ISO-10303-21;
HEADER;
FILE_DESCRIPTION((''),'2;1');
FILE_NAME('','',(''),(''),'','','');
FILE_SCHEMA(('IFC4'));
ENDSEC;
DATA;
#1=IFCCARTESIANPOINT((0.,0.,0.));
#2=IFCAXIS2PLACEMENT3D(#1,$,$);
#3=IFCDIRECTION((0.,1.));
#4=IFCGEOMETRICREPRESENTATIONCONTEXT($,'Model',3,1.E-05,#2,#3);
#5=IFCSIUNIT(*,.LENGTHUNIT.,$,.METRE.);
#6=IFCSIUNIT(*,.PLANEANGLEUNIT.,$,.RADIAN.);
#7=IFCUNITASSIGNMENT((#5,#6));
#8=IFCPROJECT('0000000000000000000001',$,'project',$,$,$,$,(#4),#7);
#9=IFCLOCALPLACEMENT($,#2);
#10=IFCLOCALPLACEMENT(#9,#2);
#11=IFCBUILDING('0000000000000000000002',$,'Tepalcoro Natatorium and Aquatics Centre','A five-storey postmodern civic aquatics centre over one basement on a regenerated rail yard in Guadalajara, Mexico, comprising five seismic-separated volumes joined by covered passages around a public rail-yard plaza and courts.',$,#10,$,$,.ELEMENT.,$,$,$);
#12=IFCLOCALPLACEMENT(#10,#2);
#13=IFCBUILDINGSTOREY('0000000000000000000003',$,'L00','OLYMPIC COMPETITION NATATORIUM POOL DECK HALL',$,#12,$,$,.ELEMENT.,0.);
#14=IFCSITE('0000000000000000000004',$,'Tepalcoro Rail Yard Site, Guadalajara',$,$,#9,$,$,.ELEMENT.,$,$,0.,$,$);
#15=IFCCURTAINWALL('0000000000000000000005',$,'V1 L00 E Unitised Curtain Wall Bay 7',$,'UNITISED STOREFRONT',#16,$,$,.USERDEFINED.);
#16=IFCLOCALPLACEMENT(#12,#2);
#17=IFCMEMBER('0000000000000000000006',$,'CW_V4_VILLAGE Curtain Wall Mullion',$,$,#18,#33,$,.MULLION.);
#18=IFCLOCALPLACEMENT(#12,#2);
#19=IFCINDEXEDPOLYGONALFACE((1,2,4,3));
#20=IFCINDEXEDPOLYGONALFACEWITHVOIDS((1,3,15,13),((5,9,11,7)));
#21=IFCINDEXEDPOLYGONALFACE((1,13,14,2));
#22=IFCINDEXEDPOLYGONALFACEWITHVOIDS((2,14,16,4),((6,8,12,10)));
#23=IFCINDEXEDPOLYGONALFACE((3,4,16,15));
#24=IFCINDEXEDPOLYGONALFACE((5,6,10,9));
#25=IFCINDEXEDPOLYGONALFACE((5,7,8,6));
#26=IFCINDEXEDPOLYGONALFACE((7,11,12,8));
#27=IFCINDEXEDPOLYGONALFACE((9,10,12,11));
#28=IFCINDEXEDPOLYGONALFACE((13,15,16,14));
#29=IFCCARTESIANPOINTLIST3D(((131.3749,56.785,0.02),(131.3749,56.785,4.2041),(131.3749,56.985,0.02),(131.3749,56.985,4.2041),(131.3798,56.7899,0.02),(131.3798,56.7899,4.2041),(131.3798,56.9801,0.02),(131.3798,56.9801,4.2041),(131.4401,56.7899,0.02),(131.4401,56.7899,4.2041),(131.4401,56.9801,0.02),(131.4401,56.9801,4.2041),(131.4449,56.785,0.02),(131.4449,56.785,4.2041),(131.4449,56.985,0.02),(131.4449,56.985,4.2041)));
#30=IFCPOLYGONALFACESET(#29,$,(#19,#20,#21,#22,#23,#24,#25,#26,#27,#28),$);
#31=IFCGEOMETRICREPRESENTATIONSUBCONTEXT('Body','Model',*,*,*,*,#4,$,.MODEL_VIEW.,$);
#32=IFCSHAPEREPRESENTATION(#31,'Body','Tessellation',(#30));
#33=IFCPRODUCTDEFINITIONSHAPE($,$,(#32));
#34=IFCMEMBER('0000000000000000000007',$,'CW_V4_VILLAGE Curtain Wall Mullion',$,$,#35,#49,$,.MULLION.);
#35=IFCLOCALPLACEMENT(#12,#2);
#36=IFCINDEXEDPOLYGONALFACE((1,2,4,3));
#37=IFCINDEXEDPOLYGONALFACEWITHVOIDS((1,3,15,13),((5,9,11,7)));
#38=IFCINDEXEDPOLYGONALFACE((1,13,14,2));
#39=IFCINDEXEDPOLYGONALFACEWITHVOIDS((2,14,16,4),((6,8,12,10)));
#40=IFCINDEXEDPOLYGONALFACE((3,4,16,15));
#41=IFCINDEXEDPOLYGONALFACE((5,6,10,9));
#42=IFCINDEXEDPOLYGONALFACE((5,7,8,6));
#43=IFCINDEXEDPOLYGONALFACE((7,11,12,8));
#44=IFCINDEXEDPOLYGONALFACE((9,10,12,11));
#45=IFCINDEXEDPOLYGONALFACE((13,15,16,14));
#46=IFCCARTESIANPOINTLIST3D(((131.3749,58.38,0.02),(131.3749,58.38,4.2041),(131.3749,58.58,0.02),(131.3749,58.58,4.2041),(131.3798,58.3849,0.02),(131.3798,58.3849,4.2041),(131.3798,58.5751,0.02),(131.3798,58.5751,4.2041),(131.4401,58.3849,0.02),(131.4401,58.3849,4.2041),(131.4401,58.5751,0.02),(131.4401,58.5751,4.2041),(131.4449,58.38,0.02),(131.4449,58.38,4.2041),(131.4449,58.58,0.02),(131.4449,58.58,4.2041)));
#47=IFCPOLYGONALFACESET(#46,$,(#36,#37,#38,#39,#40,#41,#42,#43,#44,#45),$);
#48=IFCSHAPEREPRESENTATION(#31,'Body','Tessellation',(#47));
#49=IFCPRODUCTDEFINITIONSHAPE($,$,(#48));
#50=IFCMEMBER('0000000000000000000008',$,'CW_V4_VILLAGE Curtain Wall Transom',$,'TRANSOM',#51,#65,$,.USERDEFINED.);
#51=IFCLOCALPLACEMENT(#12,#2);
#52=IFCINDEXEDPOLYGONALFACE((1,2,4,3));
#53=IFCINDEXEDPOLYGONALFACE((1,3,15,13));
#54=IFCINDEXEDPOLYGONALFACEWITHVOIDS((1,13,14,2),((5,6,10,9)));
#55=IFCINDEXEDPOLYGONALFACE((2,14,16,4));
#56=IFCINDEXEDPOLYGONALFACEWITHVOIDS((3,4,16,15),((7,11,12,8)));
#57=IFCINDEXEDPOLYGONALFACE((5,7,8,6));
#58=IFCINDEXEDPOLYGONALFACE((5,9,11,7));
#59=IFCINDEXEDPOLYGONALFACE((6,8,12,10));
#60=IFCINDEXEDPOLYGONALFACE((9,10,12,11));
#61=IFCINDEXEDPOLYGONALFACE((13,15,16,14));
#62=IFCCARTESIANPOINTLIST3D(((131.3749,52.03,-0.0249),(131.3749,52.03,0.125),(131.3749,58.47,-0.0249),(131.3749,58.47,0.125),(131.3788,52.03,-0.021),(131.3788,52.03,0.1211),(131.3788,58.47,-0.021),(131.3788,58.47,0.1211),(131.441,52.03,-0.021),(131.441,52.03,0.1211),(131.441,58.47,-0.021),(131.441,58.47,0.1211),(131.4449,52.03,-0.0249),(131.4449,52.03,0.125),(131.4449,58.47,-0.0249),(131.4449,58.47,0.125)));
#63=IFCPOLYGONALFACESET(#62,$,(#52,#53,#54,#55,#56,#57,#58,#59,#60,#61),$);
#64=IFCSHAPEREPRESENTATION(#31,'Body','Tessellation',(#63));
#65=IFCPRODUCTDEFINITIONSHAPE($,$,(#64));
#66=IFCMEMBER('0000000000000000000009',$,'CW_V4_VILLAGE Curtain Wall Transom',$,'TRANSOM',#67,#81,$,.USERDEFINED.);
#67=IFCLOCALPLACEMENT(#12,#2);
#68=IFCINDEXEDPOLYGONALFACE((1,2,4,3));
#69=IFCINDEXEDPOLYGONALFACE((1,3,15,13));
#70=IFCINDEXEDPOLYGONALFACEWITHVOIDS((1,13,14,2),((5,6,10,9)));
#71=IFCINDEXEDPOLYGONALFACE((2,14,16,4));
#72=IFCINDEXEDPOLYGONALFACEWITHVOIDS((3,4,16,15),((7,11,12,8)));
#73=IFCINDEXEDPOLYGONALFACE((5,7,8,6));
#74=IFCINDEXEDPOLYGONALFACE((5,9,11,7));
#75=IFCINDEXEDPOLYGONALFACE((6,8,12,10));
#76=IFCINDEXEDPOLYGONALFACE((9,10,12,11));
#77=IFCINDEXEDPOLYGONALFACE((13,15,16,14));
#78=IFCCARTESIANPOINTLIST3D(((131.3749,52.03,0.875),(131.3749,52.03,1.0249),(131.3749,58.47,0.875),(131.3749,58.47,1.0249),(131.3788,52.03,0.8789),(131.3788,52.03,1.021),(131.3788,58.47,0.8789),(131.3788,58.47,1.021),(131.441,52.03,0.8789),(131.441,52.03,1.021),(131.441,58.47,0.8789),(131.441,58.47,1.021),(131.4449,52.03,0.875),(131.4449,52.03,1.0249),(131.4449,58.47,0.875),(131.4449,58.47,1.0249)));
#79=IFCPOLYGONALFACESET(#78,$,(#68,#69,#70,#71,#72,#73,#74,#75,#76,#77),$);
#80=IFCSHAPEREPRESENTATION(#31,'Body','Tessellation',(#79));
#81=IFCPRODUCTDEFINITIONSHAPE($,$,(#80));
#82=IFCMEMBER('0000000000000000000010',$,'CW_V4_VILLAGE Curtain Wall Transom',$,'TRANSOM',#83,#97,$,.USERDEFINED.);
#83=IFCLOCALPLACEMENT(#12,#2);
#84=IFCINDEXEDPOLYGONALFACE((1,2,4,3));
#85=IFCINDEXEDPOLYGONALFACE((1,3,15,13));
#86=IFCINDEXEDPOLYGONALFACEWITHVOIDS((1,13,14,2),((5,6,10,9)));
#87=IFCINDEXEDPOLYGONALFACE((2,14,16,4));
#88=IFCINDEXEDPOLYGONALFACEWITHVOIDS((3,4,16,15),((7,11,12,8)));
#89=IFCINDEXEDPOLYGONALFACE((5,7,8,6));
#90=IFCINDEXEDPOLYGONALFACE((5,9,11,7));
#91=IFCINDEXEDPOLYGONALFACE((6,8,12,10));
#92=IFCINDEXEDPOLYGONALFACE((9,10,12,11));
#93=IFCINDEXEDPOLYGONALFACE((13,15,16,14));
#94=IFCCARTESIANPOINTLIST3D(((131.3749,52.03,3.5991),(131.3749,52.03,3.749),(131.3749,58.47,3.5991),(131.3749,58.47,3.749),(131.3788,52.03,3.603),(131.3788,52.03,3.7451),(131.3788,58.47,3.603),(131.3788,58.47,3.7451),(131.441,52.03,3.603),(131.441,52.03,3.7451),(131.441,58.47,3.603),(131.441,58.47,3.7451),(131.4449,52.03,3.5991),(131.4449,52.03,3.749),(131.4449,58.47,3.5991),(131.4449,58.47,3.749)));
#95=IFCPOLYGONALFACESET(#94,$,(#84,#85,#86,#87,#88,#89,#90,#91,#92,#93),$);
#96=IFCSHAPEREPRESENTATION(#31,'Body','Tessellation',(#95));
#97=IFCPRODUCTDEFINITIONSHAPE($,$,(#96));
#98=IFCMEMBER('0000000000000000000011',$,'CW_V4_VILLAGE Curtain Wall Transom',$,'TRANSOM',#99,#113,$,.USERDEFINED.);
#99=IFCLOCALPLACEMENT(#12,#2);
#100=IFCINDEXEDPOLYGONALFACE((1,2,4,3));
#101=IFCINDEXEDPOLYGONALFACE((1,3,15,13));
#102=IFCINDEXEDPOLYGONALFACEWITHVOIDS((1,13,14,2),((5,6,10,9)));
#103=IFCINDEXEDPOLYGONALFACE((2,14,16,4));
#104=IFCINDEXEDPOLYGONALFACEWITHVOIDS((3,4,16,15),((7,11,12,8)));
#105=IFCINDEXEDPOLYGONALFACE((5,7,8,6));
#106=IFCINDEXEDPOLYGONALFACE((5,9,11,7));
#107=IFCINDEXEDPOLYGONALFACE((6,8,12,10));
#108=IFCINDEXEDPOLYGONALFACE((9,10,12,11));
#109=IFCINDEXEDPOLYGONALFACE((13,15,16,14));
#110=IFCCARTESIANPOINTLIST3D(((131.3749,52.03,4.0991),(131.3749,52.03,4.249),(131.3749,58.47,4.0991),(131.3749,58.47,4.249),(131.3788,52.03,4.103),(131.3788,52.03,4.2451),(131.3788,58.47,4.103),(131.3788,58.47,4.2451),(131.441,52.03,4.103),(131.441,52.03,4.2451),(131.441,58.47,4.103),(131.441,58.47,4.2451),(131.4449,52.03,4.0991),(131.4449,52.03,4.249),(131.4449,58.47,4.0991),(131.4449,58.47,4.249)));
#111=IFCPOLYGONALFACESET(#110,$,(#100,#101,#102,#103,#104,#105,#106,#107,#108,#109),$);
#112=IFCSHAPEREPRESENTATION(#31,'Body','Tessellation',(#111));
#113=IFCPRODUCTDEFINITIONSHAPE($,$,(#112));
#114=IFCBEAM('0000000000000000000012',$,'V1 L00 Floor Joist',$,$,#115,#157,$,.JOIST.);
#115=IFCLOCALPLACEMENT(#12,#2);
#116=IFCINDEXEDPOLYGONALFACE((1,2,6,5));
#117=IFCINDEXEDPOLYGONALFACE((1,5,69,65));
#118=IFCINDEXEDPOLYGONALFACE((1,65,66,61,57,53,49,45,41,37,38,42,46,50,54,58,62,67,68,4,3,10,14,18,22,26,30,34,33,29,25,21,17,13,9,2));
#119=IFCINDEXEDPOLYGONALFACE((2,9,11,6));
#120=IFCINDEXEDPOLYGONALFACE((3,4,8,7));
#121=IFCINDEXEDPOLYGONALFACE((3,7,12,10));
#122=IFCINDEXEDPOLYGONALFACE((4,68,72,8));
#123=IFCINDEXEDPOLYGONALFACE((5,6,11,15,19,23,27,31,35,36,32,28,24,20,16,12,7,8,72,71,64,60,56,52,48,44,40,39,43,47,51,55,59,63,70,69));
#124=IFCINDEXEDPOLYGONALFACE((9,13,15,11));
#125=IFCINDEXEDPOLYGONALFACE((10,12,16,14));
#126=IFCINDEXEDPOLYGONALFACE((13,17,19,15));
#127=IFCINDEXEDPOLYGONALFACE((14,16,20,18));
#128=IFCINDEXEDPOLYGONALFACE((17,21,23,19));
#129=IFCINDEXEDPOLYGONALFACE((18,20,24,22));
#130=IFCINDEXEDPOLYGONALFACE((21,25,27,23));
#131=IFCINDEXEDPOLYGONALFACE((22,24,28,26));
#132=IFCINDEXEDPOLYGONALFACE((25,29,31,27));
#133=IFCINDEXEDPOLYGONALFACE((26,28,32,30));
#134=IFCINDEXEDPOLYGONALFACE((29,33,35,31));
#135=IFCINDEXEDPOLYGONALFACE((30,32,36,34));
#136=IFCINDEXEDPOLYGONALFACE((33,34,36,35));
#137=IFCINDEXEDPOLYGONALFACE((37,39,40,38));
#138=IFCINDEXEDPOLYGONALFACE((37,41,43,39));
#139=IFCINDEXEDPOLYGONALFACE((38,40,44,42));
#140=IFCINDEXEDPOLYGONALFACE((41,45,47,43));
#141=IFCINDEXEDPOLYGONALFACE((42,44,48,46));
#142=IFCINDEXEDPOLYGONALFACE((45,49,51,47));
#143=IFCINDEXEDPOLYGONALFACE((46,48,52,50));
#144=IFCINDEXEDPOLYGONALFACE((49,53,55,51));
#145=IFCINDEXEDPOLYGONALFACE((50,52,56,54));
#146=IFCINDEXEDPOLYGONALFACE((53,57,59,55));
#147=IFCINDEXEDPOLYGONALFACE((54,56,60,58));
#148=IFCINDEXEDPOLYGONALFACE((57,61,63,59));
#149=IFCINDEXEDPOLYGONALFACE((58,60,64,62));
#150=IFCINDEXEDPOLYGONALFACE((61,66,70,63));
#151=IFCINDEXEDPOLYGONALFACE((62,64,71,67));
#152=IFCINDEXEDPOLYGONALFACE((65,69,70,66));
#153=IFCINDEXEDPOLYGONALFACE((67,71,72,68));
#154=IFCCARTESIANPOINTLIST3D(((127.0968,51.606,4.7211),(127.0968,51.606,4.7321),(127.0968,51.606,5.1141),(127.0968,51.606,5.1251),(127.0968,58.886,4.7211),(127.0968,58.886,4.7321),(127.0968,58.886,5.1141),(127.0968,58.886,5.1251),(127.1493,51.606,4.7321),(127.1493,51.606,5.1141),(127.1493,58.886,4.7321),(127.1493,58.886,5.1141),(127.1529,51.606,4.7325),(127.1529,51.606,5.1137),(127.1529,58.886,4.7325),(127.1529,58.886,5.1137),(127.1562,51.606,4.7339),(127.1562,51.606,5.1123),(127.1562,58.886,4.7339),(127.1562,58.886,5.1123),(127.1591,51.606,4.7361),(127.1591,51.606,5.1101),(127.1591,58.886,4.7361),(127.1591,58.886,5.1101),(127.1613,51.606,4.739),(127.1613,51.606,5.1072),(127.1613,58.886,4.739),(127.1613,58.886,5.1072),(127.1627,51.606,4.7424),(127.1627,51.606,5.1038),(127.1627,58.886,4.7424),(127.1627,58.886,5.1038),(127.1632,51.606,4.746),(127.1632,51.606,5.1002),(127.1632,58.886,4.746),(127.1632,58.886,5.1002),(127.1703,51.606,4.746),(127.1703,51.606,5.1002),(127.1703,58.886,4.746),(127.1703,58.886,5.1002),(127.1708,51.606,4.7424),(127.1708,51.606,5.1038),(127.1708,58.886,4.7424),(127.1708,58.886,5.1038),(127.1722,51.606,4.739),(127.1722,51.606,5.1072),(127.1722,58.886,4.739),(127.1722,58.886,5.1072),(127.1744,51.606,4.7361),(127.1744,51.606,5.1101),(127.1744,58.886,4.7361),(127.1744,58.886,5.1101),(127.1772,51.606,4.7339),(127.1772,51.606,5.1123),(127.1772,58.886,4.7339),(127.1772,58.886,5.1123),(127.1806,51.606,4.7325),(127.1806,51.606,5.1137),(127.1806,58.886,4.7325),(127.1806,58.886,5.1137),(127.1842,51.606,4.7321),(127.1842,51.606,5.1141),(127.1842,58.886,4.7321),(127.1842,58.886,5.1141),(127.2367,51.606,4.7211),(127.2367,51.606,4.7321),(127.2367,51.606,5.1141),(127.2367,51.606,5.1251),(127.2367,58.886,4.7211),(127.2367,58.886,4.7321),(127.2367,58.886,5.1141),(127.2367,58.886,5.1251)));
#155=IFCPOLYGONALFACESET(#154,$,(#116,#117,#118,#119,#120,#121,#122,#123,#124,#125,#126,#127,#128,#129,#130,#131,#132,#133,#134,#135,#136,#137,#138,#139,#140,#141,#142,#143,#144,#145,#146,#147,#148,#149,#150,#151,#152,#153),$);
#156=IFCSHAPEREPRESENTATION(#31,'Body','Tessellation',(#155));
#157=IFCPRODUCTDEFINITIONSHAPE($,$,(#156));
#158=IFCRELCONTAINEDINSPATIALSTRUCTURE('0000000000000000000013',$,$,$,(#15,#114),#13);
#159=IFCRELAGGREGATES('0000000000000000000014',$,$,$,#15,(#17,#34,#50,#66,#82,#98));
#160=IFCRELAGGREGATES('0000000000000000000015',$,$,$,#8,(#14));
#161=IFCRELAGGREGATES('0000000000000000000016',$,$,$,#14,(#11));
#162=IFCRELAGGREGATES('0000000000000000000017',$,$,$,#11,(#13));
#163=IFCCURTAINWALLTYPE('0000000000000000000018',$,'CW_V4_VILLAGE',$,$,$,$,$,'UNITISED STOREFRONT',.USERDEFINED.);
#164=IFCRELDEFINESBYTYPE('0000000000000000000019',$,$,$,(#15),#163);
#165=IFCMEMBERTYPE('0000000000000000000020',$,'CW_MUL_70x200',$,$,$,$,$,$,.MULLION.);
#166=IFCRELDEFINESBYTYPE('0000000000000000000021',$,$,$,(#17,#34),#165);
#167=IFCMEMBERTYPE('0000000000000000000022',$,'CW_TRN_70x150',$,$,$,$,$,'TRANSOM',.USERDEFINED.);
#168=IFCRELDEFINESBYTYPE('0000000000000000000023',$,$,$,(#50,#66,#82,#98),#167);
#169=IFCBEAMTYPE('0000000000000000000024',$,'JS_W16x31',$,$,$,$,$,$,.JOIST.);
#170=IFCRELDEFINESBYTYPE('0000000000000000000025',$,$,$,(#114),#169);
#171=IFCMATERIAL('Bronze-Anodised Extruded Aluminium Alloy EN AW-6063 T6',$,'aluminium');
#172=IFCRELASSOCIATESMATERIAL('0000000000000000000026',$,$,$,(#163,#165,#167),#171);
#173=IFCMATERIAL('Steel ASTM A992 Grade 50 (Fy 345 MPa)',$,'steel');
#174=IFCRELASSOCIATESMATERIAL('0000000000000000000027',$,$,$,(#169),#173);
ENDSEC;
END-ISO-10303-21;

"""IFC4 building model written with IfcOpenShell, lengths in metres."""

from ifc_helpers import new_model, si_unit, direction, frame, origin, origin_2d, place, context, subcontext, project, spatial, hollow_rectangle, i_section, extrude, material, material_profile, profile_set, type_object, element, aggregate, save


model = new_model("IFC4")

# Units and contexts
model_context = context("Model", 3, precision=1e-05, world=origin(), true_north=direction((0.0, 1.0)))
body_context = subcontext(model_context, "Body", "Model", "MODEL_VIEW")
ifc_project = project(units=[si_unit("LENGTHUNIT", "METRE"), si_unit("PLANEANGLEUNIT", "RADIAN")], contexts=[model_context])

# Site, building, storey
site_placement = place(None, origin())
site = spatial("IfcSite", under=ifc_project, at=site_placement, Name="Tepalcoro Rail Yard Site, Guadalajara", CompositionType="ELEMENT", RefElevation=0.0)
building_placement = place(site_placement, origin())
building = spatial("IfcBuilding", under=site, at=building_placement, Name="Tepalcoro Natatorium and Aquatics Centre", Description="A five-storey postmodern civic aquatics centre over one basement on a regenerated rail yard in Guadalajara, Mexico, comprising five seismic-separated volumes joined by covered passages around a public rail-yard plaza and courts.", CompositionType="ELEMENT")
storey_placement = place(building_placement, origin())
storey = spatial("IfcBuildingStorey", under=building, at=storey_placement, Name="L00", Description="OLYMPIC COMPETITION NATATORIUM POOL DECK HALL", CompositionType="ELEMENT", Elevation=0.0)

# Shared definitions
ifc_material_1 = material(Name="Steel ASTM A992 Grade 50 (Fy 345 MPa)", Category="steel")

# Curtain wall, members
ifc_material_2 = material(Name="Bronze-Anodised Extruded Aluminium Alloy EN AW-6063 T6", Category="aluminium")
curtain_wall_type = type_object("IfcCurtainWallType", Name="CW_V4_VILLAGE", ElementType="UNITISED STOREFRONT", PredefinedType="USERDEFINED", material=ifc_material_2)
curtain_wall_placement = place(storey_placement, origin())
curtain_wall = element("IfcCurtainWall", 1, at=curtain_wall_placement, inside=storey, type_object=curtain_wall_type, Name="V1 L00 E Unitised Curtain Wall Bay 7", ObjectType="UNITISED STOREFRONT", PredefinedType="USERDEFINED")
ifc_material_profile_1 = material_profile(ifc_material_2, hollow_rectangle(XDim=0.0701, YDim=0.2, WallThickness=0.0049, at=origin_2d()), Name="AL70X200X5")
ifc_profile_set_1 = profile_set([ifc_material_profile_1], Name="Bronze-Anodised Extruded Aluminium Alloy EN AW-6063 T6")
member_type_1 = type_object("IfcMemberType", Name="CW_MUL_70x200", PredefinedType="MULLION", material=ifc_profile_set_1)
member_1_placement = place(storey_placement, frame((131.4099, 56.885, 0.02), z_axis=(0.0, 0.0, 1.0), x_axis=(1.0, 0.0, 0.0)))
member_1 = element("IfcMember", 2, at=member_1_placement, type_object=member_type_1, Name="CW_V4_VILLAGE Curtain Wall Mullion", PredefinedType="MULLION", context=body_context, shape_type="SweptSolid", body=[
    extrude(hollow_rectangle(XDim=0.0701, YDim=0.2, WallThickness=0.0049, at=origin_2d()), origin(), (0.0, 0.0, 1.0), 4.1841),
])
member_2_placement = place(storey_placement, frame((131.4099, 58.48, 0.02), z_axis=(0.0, 0.0, 1.0), x_axis=(1.0, 0.0, 0.0)))
member_2 = element("IfcMember", 3, at=member_2_placement, type_object=member_type_1, Name="CW_V4_VILLAGE Curtain Wall Mullion", PredefinedType="MULLION", context=body_context, shape_type="SweptSolid", body=[
    extrude(hollow_rectangle(XDim=0.0701, YDim=0.2, WallThickness=0.0049, at=origin_2d()), origin(), (0.0, 0.0, 1.0), 4.1841),
])
ifc_material_profile_2 = material_profile(ifc_material_2, hollow_rectangle(XDim=0.0701, YDim=0.1499, WallThickness=0.0039, at=origin_2d()), Name="AL70X150X4")
ifc_profile_set_2 = profile_set([ifc_material_profile_2], Name="Bronze-Anodised Extruded Aluminium Alloy EN AW-6063 T6")
member_type_2 = type_object("IfcMemberType", Name="CW_TRN_70x150", ElementType="TRANSOM", PredefinedType="USERDEFINED", material=ifc_profile_set_2)
member_3_placement = place(storey_placement, frame((131.4099, 52.03, 0.05), z_axis=(0.0, 1.0, 0.0), x_axis=(-1.0, 0.0, 0.0)))
member_3 = element("IfcMember", 4, at=member_3_placement, type_object=member_type_2, Name="CW_V4_VILLAGE Curtain Wall Transom", ObjectType="TRANSOM", PredefinedType="USERDEFINED", context=body_context, shape_type="SweptSolid", body=[
    extrude(hollow_rectangle(XDim=0.0701, YDim=0.1499, WallThickness=0.0039, at=origin_2d()), origin(), (0.0, 0.0, 1.0), 6.4399),
])
member_4_placement = place(storey_placement, frame((131.4099, 52.03, 0.95), z_axis=(0.0, 1.0, 0.0), x_axis=(-1.0, 0.0, 0.0)))
member_4 = element("IfcMember", 5, at=member_4_placement, type_object=member_type_2, Name="CW_V4_VILLAGE Curtain Wall Transom", ObjectType="TRANSOM", PredefinedType="USERDEFINED", context=body_context, shape_type="SweptSolid", body=[
    extrude(hollow_rectangle(XDim=0.0701, YDim=0.1499, WallThickness=0.0039, at=origin_2d()), origin(), (0.0, 0.0, 1.0), 6.4399),
])
member_5_placement = place(storey_placement, frame((131.4099, 52.03, 3.6741), z_axis=(0.0, 1.0, 0.0), x_axis=(-1.0, 0.0, 0.0)))
member_5 = element("IfcMember", 6, at=member_5_placement, type_object=member_type_2, Name="CW_V4_VILLAGE Curtain Wall Transom", ObjectType="TRANSOM", PredefinedType="USERDEFINED", context=body_context, shape_type="SweptSolid", body=[
    extrude(hollow_rectangle(XDim=0.0701, YDim=0.1499, WallThickness=0.0039, at=origin_2d()), origin(), (0.0, 0.0, 1.0), 6.4399),
])
member_6_placement = place(storey_placement, frame((131.4099, 52.03, 4.1741), z_axis=(0.0, 1.0, 0.0), x_axis=(-1.0, 0.0, 0.0)))
member_6 = element("IfcMember", 7, at=member_6_placement, type_object=member_type_2, Name="CW_V4_VILLAGE Curtain Wall Transom", ObjectType="TRANSOM", PredefinedType="USERDEFINED", context=body_context, shape_type="SweptSolid", body=[
    extrude(hollow_rectangle(XDim=0.0701, YDim=0.1499, WallThickness=0.0039, at=origin_2d()), origin(), (0.0, 0.0, 1.0), 6.4399),
])

# Beam
ifc_material_profile_3 = material_profile(ifc_material_1, i_section(OverallWidth=0.1399, OverallDepth=0.4041, WebThickness=0.0071, FlangeThickness=0.011, FilletRadius=0.0139, at=origin_2d()), Name="W16X31")
ifc_profile_set_3 = profile_set([ifc_material_profile_3], Name="Steel ASTM A992 Grade 50 (Fy 345 MPa)")
beam_type_1 = type_object("IfcBeamType", Name="JS_W16x31", PredefinedType="JOIST", material=ifc_profile_set_3)
beam_1_placement = place(storey_placement, frame((127.1667, 51.606, 4.9231), z_axis=(0.0, 1.0, 0.0), x_axis=(-1.0, 0.0, 0.0)))
element("IfcBeam", 8, at=beam_1_placement, inside=storey, type_object=beam_type_1, Name="V1 L00 Floor Joist", PredefinedType="JOIST", context=body_context, shape_type="SweptSolid", body=[
    extrude(i_section(OverallWidth=0.1399, OverallDepth=0.4041, WebThickness=0.0071, FlangeThickness=0.011, FilletRadius=0.0139, at=origin_2d()), origin(), (0.0, 0.0, 1.0), 7.28),
])

aggregate(curtain_wall, [member_1, member_2, member_3, member_4, member_5, member_6])

save(model, "model.ifc")
